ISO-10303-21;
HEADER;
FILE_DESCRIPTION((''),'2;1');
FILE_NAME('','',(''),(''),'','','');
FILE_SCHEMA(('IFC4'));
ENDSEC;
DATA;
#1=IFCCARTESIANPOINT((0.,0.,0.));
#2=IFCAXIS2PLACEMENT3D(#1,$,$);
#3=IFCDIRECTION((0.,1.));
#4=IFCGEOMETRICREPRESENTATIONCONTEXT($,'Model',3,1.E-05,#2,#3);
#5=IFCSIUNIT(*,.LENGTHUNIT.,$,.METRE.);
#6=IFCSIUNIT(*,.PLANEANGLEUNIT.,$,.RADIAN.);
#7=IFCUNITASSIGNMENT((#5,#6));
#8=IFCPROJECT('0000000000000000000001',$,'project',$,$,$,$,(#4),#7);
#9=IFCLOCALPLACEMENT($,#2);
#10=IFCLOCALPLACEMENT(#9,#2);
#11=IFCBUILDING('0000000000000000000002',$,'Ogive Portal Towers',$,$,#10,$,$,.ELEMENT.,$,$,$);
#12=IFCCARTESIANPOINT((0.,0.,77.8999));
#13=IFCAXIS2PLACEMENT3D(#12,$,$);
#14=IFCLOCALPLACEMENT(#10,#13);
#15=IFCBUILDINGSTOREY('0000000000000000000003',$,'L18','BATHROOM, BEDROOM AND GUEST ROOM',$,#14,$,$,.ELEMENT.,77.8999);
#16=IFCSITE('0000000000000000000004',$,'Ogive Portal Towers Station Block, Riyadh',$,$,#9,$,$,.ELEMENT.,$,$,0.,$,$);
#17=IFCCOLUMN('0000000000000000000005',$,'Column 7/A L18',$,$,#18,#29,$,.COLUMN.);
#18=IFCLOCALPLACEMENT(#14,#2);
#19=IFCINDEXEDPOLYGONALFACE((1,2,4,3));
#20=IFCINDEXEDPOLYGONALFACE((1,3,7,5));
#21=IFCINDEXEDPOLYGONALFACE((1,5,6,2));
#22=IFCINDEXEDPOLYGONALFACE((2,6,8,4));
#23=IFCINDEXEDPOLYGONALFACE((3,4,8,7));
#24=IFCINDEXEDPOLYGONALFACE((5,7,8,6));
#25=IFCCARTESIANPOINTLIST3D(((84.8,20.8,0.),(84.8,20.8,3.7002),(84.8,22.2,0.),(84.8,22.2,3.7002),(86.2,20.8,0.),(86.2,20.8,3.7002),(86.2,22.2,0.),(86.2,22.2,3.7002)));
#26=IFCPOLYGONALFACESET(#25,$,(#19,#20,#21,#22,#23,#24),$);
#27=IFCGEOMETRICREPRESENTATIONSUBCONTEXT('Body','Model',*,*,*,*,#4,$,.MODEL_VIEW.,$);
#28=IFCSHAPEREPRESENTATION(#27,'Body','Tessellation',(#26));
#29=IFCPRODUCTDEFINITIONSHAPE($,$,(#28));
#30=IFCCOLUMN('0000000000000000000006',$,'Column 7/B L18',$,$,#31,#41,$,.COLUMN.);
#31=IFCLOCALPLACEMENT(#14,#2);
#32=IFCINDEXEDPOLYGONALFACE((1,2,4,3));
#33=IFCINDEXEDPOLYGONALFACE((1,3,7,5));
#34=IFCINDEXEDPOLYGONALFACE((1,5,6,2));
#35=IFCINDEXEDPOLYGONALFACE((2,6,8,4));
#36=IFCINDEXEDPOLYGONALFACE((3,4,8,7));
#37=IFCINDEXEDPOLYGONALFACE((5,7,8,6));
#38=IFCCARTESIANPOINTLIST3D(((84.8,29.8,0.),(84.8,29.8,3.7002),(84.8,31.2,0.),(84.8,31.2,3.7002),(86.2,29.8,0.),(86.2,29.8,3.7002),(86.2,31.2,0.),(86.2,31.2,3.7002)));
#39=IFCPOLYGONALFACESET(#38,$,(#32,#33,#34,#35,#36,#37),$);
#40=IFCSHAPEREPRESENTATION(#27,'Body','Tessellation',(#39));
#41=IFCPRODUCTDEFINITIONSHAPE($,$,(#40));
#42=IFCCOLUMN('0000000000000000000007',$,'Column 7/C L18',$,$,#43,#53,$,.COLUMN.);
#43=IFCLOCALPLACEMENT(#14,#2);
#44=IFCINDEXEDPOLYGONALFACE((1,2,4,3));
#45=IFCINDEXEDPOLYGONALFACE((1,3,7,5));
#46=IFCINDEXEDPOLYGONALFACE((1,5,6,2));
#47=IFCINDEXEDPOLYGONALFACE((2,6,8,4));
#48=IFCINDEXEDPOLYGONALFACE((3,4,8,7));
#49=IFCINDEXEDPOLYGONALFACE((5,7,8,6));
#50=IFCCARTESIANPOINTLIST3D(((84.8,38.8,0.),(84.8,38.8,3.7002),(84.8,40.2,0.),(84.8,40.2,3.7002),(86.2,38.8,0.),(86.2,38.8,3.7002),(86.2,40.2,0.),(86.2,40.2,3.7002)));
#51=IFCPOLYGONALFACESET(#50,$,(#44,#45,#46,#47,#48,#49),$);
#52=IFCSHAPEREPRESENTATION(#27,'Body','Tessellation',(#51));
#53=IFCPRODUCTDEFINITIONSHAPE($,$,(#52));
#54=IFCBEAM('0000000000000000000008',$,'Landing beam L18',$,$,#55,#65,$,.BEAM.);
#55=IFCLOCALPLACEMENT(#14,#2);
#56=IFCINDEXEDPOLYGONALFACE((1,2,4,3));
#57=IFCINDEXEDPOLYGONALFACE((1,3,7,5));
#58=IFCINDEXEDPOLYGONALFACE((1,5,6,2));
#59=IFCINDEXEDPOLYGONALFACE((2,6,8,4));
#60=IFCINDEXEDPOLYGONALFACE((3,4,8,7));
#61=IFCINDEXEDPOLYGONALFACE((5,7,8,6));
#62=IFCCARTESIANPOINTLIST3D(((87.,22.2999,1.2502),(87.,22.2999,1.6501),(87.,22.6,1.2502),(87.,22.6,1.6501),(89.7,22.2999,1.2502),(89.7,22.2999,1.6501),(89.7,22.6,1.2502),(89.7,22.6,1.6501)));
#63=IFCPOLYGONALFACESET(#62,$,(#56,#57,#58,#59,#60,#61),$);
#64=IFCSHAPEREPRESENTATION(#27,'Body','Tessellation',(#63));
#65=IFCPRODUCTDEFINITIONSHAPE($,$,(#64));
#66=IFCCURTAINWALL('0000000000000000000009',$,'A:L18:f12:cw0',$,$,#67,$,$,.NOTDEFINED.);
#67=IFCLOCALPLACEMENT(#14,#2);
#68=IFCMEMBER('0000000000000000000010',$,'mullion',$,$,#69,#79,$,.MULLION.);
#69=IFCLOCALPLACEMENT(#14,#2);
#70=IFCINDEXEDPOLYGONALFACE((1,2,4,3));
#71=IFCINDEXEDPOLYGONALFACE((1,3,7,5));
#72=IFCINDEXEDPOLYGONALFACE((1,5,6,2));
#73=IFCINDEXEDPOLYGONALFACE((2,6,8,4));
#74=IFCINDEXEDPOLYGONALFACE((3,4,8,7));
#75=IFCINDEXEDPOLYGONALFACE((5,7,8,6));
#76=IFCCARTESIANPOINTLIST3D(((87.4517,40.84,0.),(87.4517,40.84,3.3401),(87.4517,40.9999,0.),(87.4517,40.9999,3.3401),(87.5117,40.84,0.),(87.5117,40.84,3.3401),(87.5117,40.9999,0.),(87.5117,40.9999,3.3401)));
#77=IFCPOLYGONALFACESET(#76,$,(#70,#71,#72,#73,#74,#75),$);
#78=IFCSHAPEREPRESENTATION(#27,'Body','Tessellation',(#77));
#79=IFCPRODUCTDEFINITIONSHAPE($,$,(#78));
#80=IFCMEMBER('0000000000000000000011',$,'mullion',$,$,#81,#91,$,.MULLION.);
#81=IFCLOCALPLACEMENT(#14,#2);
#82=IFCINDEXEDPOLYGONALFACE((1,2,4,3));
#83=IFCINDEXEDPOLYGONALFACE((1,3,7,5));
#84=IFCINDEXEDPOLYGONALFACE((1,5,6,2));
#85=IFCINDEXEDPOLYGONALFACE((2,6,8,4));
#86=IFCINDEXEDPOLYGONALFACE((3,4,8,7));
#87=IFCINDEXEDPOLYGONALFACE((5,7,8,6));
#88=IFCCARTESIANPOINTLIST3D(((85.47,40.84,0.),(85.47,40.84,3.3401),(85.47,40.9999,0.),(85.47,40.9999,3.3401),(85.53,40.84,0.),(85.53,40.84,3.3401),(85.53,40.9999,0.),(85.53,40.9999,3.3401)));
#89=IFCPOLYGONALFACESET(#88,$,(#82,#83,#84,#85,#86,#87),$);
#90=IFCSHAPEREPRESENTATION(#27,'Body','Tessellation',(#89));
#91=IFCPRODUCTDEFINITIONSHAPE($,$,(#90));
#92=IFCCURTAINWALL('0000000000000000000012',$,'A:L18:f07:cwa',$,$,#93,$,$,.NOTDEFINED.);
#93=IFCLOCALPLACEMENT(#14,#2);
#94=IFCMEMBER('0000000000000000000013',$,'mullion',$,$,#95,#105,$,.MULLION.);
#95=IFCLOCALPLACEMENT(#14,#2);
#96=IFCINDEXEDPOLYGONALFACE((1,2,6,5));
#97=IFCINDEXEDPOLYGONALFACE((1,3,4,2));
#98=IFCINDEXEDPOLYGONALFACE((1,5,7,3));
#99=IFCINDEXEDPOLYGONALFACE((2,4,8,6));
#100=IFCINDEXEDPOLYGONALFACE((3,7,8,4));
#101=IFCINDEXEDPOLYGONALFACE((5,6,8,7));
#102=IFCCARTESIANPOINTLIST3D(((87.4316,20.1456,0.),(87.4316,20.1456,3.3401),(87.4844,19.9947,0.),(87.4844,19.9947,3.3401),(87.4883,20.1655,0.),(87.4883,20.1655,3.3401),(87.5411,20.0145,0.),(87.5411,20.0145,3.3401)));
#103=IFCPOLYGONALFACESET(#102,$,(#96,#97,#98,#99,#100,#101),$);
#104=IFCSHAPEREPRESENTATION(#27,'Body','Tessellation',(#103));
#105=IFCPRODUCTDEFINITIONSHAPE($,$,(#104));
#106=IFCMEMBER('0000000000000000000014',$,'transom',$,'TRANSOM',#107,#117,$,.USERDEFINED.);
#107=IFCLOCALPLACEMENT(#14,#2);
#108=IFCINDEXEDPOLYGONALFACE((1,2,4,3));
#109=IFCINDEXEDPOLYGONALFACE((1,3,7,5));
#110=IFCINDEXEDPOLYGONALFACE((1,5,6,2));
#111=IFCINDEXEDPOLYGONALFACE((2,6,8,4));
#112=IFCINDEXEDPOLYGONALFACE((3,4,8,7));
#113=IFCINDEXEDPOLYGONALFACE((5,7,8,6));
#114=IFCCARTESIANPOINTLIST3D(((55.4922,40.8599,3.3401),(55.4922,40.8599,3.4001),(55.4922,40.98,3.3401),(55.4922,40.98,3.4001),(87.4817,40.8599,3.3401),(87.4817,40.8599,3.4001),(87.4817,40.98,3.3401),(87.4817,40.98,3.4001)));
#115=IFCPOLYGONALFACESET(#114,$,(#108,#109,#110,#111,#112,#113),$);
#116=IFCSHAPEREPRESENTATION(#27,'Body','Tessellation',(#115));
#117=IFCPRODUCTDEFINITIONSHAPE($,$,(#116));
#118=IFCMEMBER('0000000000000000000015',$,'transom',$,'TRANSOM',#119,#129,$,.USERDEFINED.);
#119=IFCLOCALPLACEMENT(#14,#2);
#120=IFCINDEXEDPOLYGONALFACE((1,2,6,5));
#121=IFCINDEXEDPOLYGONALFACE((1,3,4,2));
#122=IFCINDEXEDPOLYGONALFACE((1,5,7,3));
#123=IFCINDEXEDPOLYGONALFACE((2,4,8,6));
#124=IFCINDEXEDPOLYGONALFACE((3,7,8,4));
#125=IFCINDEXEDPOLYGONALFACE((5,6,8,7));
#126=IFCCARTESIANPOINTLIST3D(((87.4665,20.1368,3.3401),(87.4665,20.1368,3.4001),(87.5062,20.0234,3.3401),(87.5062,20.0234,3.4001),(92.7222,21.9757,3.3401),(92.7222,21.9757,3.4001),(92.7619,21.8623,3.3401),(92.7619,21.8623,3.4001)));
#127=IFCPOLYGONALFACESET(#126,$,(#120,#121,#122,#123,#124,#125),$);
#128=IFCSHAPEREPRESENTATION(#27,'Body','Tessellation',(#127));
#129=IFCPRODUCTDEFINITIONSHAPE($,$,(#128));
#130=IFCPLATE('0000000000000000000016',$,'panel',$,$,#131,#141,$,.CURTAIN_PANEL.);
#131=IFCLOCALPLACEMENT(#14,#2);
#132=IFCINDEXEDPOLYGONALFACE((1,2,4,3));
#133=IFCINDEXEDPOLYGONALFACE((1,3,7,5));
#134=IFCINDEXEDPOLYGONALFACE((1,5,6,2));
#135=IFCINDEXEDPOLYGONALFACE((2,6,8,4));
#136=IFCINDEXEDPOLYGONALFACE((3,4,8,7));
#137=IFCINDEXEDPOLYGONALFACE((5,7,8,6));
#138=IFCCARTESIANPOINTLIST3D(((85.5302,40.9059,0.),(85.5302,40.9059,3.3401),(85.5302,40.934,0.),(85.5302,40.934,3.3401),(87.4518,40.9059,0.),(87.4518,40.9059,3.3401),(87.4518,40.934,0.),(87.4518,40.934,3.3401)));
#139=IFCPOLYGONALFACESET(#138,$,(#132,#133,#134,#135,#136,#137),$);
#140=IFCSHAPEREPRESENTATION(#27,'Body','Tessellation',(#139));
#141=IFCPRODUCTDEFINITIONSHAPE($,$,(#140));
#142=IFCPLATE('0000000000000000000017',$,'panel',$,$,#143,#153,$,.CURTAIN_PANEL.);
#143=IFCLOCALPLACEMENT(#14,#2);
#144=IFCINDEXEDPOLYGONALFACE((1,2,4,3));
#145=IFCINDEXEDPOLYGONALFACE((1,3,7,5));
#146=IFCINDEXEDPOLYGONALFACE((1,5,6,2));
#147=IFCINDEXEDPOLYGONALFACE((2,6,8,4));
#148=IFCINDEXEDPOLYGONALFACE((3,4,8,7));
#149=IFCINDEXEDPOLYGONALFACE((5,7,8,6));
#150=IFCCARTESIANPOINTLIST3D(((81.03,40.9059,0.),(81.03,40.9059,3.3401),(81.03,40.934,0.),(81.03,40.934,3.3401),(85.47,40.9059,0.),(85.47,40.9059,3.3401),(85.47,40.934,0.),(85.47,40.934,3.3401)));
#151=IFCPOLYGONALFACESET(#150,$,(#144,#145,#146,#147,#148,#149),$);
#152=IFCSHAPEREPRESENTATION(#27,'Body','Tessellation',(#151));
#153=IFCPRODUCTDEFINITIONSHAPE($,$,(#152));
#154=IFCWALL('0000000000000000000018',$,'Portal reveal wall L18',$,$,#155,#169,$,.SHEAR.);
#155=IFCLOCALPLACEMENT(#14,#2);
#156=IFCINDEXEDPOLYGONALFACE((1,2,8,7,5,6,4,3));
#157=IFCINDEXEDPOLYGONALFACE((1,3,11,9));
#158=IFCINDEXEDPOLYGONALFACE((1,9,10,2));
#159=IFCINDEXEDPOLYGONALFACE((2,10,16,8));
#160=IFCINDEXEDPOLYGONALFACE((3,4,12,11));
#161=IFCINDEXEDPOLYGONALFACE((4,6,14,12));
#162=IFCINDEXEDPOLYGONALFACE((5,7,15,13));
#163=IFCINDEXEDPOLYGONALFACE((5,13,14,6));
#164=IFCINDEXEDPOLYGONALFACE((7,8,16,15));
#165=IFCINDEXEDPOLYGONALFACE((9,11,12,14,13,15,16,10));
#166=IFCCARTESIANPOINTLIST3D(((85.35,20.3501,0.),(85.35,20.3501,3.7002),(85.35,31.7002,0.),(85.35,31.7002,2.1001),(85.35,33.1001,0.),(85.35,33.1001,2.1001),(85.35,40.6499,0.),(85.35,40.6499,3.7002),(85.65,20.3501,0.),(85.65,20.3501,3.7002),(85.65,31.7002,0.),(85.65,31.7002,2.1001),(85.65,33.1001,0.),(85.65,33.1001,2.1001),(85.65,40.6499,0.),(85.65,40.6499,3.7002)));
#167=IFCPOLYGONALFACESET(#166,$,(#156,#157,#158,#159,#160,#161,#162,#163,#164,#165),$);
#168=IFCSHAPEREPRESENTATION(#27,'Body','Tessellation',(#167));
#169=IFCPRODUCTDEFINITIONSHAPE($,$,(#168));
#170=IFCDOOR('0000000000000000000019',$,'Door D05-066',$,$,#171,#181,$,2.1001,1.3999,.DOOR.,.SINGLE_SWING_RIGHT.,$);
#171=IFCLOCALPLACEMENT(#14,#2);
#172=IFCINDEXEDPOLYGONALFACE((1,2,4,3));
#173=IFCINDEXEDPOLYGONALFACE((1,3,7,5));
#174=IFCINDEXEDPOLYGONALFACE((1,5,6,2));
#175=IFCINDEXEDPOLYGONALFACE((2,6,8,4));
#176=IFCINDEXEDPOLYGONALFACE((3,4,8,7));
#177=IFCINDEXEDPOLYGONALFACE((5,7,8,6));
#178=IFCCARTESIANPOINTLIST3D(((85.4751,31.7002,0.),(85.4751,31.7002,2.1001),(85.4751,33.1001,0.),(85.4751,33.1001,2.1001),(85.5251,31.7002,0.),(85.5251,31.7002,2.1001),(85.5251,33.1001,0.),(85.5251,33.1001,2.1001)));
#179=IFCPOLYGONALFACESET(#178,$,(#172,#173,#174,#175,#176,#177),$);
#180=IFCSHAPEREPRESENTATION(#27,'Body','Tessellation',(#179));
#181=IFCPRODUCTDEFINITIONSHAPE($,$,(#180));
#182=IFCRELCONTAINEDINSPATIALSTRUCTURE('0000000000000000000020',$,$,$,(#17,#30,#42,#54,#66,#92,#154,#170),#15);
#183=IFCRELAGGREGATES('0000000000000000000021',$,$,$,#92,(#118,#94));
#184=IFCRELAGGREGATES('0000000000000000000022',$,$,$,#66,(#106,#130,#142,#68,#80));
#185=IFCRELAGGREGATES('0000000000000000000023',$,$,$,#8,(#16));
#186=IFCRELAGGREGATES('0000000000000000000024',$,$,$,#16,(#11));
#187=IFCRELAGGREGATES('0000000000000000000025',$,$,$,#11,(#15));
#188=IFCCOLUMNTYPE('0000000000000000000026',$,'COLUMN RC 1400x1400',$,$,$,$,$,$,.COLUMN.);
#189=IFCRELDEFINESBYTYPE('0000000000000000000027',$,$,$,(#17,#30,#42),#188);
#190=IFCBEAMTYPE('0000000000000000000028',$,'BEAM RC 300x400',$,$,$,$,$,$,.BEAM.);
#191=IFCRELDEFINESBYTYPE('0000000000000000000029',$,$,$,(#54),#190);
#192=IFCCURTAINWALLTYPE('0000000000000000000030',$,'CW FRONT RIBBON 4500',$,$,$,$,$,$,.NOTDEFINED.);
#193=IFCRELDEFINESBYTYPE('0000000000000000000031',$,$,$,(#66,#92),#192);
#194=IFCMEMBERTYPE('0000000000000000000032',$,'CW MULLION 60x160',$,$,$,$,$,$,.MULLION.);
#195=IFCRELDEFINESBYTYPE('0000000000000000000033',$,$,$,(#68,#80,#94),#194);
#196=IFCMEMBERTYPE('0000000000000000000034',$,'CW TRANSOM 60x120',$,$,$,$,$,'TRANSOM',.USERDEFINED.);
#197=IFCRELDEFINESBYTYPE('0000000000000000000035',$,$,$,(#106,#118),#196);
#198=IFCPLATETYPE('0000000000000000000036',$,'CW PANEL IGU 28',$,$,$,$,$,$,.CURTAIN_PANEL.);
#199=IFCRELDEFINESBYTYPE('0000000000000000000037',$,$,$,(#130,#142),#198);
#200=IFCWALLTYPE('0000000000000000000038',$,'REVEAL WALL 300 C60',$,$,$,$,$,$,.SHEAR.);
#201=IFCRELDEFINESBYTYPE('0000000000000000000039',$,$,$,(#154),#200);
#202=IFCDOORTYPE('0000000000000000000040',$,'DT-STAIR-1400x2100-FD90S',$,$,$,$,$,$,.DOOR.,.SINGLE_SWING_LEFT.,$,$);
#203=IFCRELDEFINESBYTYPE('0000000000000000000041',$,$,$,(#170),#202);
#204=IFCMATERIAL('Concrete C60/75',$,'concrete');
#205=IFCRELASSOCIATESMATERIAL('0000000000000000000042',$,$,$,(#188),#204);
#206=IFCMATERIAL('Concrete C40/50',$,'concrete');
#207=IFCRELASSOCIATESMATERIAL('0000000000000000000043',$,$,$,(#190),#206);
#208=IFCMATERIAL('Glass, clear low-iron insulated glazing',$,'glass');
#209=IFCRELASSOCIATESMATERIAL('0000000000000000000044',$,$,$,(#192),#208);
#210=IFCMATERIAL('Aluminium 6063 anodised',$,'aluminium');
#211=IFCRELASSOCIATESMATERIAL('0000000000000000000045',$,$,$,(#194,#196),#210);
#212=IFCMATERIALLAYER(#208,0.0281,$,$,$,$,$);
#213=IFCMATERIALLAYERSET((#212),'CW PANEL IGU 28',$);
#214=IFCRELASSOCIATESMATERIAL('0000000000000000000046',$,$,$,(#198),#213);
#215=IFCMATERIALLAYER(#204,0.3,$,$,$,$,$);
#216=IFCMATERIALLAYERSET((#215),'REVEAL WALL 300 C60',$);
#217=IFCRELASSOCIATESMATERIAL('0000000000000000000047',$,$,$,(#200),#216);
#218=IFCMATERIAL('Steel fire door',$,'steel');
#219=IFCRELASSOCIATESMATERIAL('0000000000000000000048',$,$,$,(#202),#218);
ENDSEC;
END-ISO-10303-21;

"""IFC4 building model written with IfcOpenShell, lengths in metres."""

from ifc_helpers import new_model, si_unit, direction, frame, frame_2d, origin, origin_2d, place, context, subcontext, project, spatial, rectangle, extrude, material, layer, layer_set, material_profile, profile_set, type_object, element, fill, aggregate, save


model = new_model("IFC4")

# Units and contexts
model_context = context("Model", 3, precision=1e-05, world=origin(), true_north=direction((0.0, 1.0)))
body_context = subcontext(model_context, "Body", "Model", "MODEL_VIEW")
ifc_project = project(units=[si_unit("LENGTHUNIT", "METRE"), si_unit("PLANEANGLEUNIT", "RADIAN")], contexts=[model_context])

# Site, building, storey
site_placement = place(None, origin())
site = spatial("IfcSite", under=ifc_project, at=site_placement, Name="Ogive Portal Towers Station Block, Riyadh", CompositionType="ELEMENT", RefElevation=0.0)
building_placement = place(site_placement, origin())
building = spatial("IfcBuilding", under=site, at=building_placement, Name="Ogive Portal Towers", CompositionType="ELEMENT")
storey_placement = place(building_placement, frame((0.0, 0.0, 77.8999)))
storey = spatial("IfcBuildingStorey", under=building, at=storey_placement, Name="L18", Description="BATHROOM, BEDROOM AND GUEST ROOM", CompositionType="ELEMENT", Elevation=77.8999)

# Columns
ifc_material_1 = material(Name="Concrete C60/75", Category="concrete")
ifc_material_profile_1 = material_profile(ifc_material_1, rectangle(XDim=1.3999, YDim=1.3999, at=origin_2d()), Name="RC 1400x1400")
ifc_profile_set_1 = profile_set([ifc_material_profile_1], Name="Concrete C60/75")
column_type = type_object("IfcColumnType", Name="COLUMN RC 1400x1400", PredefinedType="COLUMN", material=ifc_profile_set_1)
for number, where, z_axis, x_axis, name in (
    (1, (85.5, 21.5, 0.0), (0.0, 0.0, 1.0), (1.0, 0.0, 0.0), "Column 7/A L18"),
    (2, (85.5, 30.5, 0.0), (0.0, 0.0, 1.0), (1.0, 0.0, 0.0), "Column 7/B L18"),
    (3, (85.5, 39.5, 0.0), (0.0, 0.0, 1.0), (1.0, 0.0, 0.0), "Column 7/C L18"),
):
    element("IfcColumn", number, at=place(storey_placement, frame(where, z_axis=z_axis, x_axis=x_axis)), inside=storey, type_object=column_type, Name=name, PredefinedType="COLUMN", context=body_context, shape_type="SweptSolid", body=[
        extrude(rectangle(XDim=1.3999, YDim=1.3999, at=origin_2d()), origin(), (0.0, 0.0, 1.0), 3.7002),
    ])

# Beam
ifc_material_2 = material(Name="Concrete C40/50", Category="concrete")
ifc_material_profile_2 = material_profile(ifc_material_2, rectangle(XDim=0.3, YDim=0.3999, at=origin_2d()), Name="RC 300x400")
ifc_profile_set_2 = profile_set([ifc_material_profile_2], Name="Concrete C40/50")
beam_type = type_object("IfcBeamType", Name="BEAM RC 300x400", PredefinedType="BEAM", material=ifc_profile_set_2)
beam_placement = place(storey_placement, frame((87.0, 22.45, 1.4502), z_axis=(1.0, 0.0, 0.0), x_axis=(0.0, 1.0, 0.0)))
element("IfcBeam", 4, at=beam_placement, inside=storey, type_object=beam_type, Name="Landing beam L18", PredefinedType="BEAM", context=body_context, shape_type="SweptSolid", body=[
    extrude(rectangle(XDim=0.3, YDim=0.3999, at=origin_2d()), origin(), (0.0, 0.0, 1.0), 2.7),
])

# Curtain wall, members
ifc_material_3 = material(Name="Glass, clear low-iron insulated glazing", Category="glass")
curtain_wall_type = type_object("IfcCurtainWallType", Name="CW FRONT RIBBON 4500", PredefinedType="NOTDEFINED", material=ifc_material_3)
curtain_wall_1_placement = place(storey_placement, origin())
curtain_wall_1 = element("IfcCurtainWall", 5, at=curtain_wall_1_placement, inside=storey, type_object=curtain_wall_type, Name="A:L18:f12:cw0", PredefinedType="NOTDEFINED")
ifc_material_4 = material(Name="Aluminium 6063 anodised", Category="aluminium")
ifc_material_profile_3 = material_profile(ifc_material_4, rectangle(XDim=0.1599, YDim=0.0601, at=origin_2d()), Name="AL 60x160")
ifc_profile_set_3 = profile_set([ifc_material_profile_3], Name="Aluminium 6063 anodised")
member_type_1 = type_object("IfcMemberType", Name="CW MULLION 60x160", PredefinedType="MULLION", material=ifc_profile_set_3)
member_1_placement = place(storey_placement, frame((87.4817, 40.9199, 0.0), z_axis=(0.0, 0.0, 1.0), x_axis=(0.0, -1.0, 0.0)))
member_1 = element("IfcMember", 6, at=member_1_placement, type_object=member_type_1, Name="mullion", PredefinedType="MULLION", context=body_context, shape_type="SweptSolid", body=[
    extrude(rectangle(XDim=0.1599, YDim=0.0601, at=origin_2d()), origin(), (0.0, 0.0, 1.0), 3.3401),
])
member_2_placement = place(storey_placement, frame((85.5, 40.9199, 0.0), z_axis=(0.0, 0.0, 1.0), x_axis=(0.0, -1.0, 0.0)))
member_2 = element("IfcMember", 7, at=member_2_placement, type_object=member_type_1, Name="mullion", PredefinedType="MULLION", context=body_context, shape_type="SweptSolid", body=[
    extrude(rectangle(XDim=0.1599, YDim=0.0601, at=origin_2d()), origin(), (0.0, 0.0, 1.0), 3.3401),
])

# Curtain wall, member
curtain_wall_2_placement = place(storey_placement, origin())
curtain_wall_2 = element("IfcCurtainWall", 8, at=curtain_wall_2_placement, inside=storey, type_object=curtain_wall_type, Name="A:L18:f07:cwa", PredefinedType="NOTDEFINED")
member_3_placement = place(storey_placement, frame((87.4863, 20.0801, 0.0), z_axis=(0.0, 0.0, 1.0), x_axis=(-0.330279, 0.943883, 0.0)))
member_3 = element("IfcMember", 9, at=member_3_placement, type_object=member_type_1, Name="mullion", PredefinedType="MULLION", context=body_context, shape_type="SweptSolid", body=[
    extrude(rectangle(XDim=0.1599, YDim=0.0601, at=origin_2d()), origin(), (0.0, 0.0, 1.0), 3.3401),
])

# Members
ifc_material_profile_4 = material_profile(ifc_material_4, rectangle(XDim=0.1201, YDim=0.0601, at=origin_2d()), Name="AL 120x60")
ifc_profile_set_4 = profile_set([ifc_material_profile_4], Name="Aluminium 6063 anodised")
member_type_2 = type_object("IfcMemberType", Name="CW TRANSOM 60x120", ElementType="TRANSOM", PredefinedType="USERDEFINED", material=ifc_profile_set_4)
member_4_placement = place(storey_placement, frame((87.4817, 40.9199, 3.3701), z_axis=(-1.0, 0.0, 0.0), x_axis=(0.0, -1.0, 0.0)))
member_4 = element("IfcMember", 10, at=member_4_placement, type_object=member_type_2, Name="transom", ObjectType="TRANSOM", PredefinedType="USERDEFINED", context=body_context, shape_type="SweptSolid", body=[
    extrude(rectangle(XDim=0.1201, YDim=0.0601, at=origin_2d()), origin(), (0.0, 0.0, 1.0), 31.9895),
])
member_5_placement = place(storey_placement, frame((87.4863, 20.0801, 3.3701), z_axis=(0.943892, 0.330255, 0.0), x_axis=(-0.330255, 0.943892, 0.0)))
member_5 = element("IfcMember", 11, at=member_5_placement, type_object=member_type_2, Name="transom", ObjectType="TRANSOM", PredefinedType="USERDEFINED", context=body_context, shape_type="SweptSolid", body=[
    extrude(rectangle(XDim=0.1201, YDim=0.0601, at=origin_2d()), origin(), (0.0, 0.0, 1.0), 5.5681),
])
aggregate(curtain_wall_2, [member_5, member_3])

# Plates
ifc_layer_1 = layer(ifc_material_3, 0.0281)
ifc_layer_set_1 = layer_set([ifc_layer_1], Name="CW PANEL IGU 28")
plate_type = type_object("IfcPlateType", Name="CW PANEL IGU 28", PredefinedType="CURTAIN_PANEL", material=ifc_layer_set_1)
plate_1_placement = place(storey_placement, frame((86.491, 40.9199, 0.0), z_axis=(0.0, 0.0, 1.0), x_axis=(-1.0, 0.0, 0.0)))
plate_1 = element("IfcPlate", 12, at=plate_1_placement, type_object=plate_type, Name="panel", PredefinedType="CURTAIN_PANEL", context=body_context, shape_type="SweptSolid", body=[
    extrude(rectangle(XDim=1.9216, YDim=0.0281, at=origin_2d()), origin(), (0.0, 0.0, 1.0), 3.3401),
])
plate_2_placement = place(storey_placement, frame((83.25, 40.9199, 0.0), z_axis=(0.0, 0.0, 1.0), x_axis=(-1.0, 0.0, 0.0)))
plate_2 = element("IfcPlate", 13, at=plate_2_placement, type_object=plate_type, Name="panel", PredefinedType="CURTAIN_PANEL", context=body_context, shape_type="SweptSolid", body=[
    extrude(rectangle(XDim=4.4399, YDim=0.0281, at=origin_2d()), origin(), (0.0, 0.0, 1.0), 3.3401),
])
aggregate(curtain_wall_1, [member_4, plate_1, plate_2, member_1, member_2])

# Wall, opening, door
ifc_layer_2 = layer(ifc_material_1, 0.3)
ifc_layer_set_2 = layer_set([ifc_layer_2], Name="REVEAL WALL 300 C60")
wall_type_1 = type_object("IfcWallType", Name="REVEAL WALL 300 C60", PredefinedType="SHEAR", material=ifc_layer_set_2)
wall_1_placement = place(storey_placement, frame((85.5, 20.3501, 0.0), z_axis=(0.0, 0.0, 1.0), x_axis=(0.0, 1.0, 0.0)))
wall_1 = element("IfcWall", 14, at=wall_1_placement, inside=storey, type_object=wall_type_1, Name="Portal reveal wall L18", PredefinedType="SHEAR", context=body_context, shape_type="SweptSolid", body=[
    extrude(rectangle(XDim=20.2998, YDim=0.3, at=frame_2d((10.1499, 0.0))), origin(), (0.0, 0.0, 1.0), 3.7002),
])
opening_1_placement = place(wall_1_placement, frame((11.3501, 0.0, 0.0)))
opening_1 = element("IfcOpeningElement", 15, at=opening_1_placement, cuts=wall_1, PredefinedType="OPENING", context=body_context, shape_type="SweptSolid", body=[
    extrude(rectangle(XDim=1.3999, YDim=2.1001, at=frame_2d((0.7, 1.05))), frame((0.0, 0.1602, 0.0), z_axis=(0.0, -1.0, 0.0), x_axis=(1.0, 0.0, 0.0)), (0.0, 0.0, 1.0), 0.3201),
])
ifc_material_5 = material(Name="Steel fire door", Category="steel")
door_type_1 = type_object("IfcDoorType", Name="DT-STAIR-1400x2100-FD90S", OperationType="SINGLE_SWING_LEFT", PredefinedType="DOOR", material=ifc_material_5)
door_1_placement = place(opening_1_placement, origin())
door_1 = element("IfcDoor", 16, at=door_1_placement, inside=storey, type_object=door_type_1, Name="Door D05-066", OperationType="SINGLE_SWING_RIGHT", OverallHeight=2.1001, OverallWidth=1.3999, PredefinedType="DOOR", context=body_context, shape_type="SweptSolid", body=[
    extrude(rectangle(XDim=1.3999, YDim=2.1001, at=frame_2d((0.7, 1.05))), frame((0.0, 0.0249, 0.0), z_axis=(0.0, -1.0, 0.0), x_axis=(1.0, 0.0, 0.0)), (0.0, 0.0, 1.0), 0.05),
])
fill(opening_1, door_1)

save(model, "model.ifc")
